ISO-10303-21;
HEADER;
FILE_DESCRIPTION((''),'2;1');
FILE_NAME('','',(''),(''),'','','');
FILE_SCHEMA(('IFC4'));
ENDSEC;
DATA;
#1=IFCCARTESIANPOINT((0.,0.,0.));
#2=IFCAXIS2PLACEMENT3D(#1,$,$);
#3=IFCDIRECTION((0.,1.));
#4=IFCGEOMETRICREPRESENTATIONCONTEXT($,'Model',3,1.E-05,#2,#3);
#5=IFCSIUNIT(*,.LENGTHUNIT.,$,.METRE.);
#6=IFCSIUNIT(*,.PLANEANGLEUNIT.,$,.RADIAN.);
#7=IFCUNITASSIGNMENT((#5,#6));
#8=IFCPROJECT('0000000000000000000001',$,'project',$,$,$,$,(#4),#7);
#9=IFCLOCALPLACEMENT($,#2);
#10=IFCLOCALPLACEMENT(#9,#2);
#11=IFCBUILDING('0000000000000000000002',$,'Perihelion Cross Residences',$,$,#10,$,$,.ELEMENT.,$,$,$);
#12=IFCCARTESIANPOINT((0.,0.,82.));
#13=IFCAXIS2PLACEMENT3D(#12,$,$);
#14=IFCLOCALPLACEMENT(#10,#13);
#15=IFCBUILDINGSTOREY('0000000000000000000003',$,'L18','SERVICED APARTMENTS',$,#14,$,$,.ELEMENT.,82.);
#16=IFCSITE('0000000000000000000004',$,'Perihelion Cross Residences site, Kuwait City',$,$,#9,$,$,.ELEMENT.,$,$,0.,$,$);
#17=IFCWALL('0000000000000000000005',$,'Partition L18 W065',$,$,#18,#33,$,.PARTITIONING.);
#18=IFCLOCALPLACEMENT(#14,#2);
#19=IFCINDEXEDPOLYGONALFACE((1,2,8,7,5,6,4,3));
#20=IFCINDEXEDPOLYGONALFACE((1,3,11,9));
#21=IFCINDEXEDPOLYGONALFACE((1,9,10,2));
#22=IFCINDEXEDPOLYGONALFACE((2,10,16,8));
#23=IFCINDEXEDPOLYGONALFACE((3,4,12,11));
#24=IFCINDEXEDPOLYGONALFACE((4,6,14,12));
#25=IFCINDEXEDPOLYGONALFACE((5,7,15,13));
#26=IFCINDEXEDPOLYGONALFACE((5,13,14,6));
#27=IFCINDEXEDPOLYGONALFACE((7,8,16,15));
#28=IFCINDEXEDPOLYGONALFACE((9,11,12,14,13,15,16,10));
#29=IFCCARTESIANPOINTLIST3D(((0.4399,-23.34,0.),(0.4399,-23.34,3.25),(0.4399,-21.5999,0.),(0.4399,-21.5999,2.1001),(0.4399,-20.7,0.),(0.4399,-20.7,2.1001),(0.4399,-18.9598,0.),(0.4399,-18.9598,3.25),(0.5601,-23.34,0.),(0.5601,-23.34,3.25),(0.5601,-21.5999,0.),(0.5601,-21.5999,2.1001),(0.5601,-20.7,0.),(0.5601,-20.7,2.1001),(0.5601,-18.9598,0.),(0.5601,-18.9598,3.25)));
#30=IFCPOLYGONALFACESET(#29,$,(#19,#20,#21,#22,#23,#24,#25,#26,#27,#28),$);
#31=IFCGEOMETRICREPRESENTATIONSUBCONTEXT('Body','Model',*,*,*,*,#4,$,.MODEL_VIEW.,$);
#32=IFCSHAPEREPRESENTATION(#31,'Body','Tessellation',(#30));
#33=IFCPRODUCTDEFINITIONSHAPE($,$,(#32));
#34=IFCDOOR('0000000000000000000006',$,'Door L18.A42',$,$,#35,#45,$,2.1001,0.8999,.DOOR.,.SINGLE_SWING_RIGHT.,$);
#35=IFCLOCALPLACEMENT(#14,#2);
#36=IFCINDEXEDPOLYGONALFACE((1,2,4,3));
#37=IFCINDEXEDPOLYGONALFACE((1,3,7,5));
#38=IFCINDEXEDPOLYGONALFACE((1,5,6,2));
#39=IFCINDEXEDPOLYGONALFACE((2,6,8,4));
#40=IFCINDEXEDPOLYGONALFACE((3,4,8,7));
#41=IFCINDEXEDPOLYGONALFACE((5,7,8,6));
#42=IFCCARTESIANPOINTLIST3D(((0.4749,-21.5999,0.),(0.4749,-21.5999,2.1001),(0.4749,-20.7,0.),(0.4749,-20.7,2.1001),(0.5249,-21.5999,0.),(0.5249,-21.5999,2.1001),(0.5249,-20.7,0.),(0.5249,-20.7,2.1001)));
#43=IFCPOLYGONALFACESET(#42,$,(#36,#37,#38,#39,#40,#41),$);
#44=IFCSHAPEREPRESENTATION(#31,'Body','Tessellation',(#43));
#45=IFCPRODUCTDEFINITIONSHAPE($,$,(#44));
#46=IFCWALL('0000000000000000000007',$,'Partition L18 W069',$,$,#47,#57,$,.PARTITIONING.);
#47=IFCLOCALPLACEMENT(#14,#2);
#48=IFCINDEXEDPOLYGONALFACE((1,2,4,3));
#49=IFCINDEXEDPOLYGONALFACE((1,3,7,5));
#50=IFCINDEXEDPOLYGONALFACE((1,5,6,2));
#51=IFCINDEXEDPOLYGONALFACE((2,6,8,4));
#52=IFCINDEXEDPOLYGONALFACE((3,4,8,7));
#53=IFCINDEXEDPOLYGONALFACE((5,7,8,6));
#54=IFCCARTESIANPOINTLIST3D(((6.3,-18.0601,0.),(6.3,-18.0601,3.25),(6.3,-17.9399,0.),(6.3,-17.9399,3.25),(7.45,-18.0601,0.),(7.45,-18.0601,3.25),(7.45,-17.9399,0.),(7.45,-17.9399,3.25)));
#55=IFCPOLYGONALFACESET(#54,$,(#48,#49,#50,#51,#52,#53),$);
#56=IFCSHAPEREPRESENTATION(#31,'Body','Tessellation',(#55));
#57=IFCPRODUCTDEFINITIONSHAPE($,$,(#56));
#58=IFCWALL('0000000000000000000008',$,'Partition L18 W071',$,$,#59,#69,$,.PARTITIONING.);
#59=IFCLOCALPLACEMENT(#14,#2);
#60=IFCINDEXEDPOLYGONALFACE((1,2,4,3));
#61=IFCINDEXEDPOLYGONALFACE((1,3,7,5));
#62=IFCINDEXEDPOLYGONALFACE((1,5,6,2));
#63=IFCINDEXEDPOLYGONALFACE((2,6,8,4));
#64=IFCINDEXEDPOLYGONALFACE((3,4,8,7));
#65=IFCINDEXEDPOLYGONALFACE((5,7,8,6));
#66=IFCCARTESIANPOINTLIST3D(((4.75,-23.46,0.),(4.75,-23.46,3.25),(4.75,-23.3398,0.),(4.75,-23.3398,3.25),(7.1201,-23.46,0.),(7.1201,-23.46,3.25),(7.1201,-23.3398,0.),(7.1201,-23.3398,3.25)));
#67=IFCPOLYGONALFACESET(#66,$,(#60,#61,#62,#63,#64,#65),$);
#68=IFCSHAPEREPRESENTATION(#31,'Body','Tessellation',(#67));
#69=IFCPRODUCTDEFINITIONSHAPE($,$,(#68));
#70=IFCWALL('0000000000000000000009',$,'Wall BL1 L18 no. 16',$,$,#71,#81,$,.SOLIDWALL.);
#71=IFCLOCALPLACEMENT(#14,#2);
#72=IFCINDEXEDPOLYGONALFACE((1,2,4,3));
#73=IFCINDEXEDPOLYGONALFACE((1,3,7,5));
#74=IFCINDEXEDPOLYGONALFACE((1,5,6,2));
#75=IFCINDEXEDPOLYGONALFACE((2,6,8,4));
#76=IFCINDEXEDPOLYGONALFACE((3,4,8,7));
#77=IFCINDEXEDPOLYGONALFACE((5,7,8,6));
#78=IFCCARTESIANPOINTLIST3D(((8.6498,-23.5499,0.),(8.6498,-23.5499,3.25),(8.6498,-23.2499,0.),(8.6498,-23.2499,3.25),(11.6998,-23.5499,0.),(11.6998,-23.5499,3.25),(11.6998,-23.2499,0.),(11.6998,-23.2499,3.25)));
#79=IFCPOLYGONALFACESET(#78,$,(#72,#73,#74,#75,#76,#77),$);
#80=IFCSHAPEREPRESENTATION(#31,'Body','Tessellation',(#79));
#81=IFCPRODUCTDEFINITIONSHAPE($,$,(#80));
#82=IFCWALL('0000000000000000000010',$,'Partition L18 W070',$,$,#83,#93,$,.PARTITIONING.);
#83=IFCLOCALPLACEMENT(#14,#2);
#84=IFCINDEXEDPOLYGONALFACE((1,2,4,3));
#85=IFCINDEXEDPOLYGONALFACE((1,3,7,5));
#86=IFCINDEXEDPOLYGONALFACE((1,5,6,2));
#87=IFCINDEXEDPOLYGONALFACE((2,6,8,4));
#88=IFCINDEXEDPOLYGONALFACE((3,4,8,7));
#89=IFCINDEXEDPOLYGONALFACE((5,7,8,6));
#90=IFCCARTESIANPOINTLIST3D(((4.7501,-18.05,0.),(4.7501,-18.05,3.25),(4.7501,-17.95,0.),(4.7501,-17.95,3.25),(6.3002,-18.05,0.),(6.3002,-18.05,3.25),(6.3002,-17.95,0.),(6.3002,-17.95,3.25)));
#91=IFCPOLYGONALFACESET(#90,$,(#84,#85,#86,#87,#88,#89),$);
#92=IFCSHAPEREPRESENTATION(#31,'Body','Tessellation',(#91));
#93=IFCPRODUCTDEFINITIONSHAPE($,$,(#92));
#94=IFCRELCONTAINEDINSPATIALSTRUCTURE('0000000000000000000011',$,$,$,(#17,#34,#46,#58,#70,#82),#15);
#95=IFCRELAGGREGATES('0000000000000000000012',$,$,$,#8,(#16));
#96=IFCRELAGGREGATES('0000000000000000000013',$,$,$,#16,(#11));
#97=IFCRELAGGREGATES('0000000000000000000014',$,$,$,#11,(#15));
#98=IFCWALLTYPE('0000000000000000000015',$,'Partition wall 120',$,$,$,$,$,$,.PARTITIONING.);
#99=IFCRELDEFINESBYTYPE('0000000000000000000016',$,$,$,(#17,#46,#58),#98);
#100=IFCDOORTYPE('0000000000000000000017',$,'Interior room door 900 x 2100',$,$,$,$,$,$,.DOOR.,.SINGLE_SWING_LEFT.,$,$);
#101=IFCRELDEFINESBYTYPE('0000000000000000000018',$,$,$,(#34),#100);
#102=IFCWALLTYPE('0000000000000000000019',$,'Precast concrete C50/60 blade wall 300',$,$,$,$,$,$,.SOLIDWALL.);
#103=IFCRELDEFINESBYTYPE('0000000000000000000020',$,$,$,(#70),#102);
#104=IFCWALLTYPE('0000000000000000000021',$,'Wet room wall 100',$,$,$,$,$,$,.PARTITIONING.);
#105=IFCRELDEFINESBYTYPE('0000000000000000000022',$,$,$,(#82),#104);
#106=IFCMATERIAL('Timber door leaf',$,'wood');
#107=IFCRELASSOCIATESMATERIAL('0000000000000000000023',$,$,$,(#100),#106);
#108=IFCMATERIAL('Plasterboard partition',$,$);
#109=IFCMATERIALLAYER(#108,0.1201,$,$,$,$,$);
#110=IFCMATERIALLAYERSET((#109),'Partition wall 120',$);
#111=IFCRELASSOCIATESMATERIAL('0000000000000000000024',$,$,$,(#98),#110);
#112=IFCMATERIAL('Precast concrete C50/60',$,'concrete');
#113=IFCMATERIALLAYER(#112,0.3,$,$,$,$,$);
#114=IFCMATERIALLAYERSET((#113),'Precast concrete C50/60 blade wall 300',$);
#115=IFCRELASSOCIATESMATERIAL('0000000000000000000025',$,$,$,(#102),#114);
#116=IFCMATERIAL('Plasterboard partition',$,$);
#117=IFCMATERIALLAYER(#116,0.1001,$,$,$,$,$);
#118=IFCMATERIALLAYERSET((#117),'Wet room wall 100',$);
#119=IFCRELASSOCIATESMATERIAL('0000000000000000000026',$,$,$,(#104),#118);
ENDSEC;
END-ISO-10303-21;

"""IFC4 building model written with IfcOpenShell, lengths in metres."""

from ifc_helpers import new_model, si_unit, direction, frame, frame_2d, origin, place, context, subcontext, project, spatial, rectangle, extrude, material, layer, layer_set, type_object, element, fill, save


model = new_model("IFC4")

# Units and contexts
model_context = context("Model", 3, precision=1e-05, world=origin(), true_north=direction((0.0, 1.0)))
body_context = subcontext(model_context, "Body", "Model", "MODEL_VIEW")
ifc_project = project(units=[si_unit("LENGTHUNIT", "METRE"), si_unit("PLANEANGLEUNIT", "RADIAN")], contexts=[model_context])

# Site, building, storey
site_placement = place(None, origin())
site = spatial("IfcSite", under=ifc_project, at=site_placement, Name="Perihelion Cross Residences site, Kuwait City", CompositionType="ELEMENT", RefElevation=0.0)
building_placement = place(site_placement, origin())
building = spatial("IfcBuilding", under=site, at=building_placement, Name="Perihelion Cross Residences", CompositionType="ELEMENT")
storey_placement = place(building_placement, frame((0.0, 0.0, 82.0)))
storey = spatial("IfcBuildingStorey", under=building, at=storey_placement, Name="L18", Description="SERVICED APARTMENTS", CompositionType="ELEMENT", Elevation=82.0)

# Wall, opening, door
ifc_material_1 = material(Name="Timber door leaf", Category="wood")
door_type_1 = type_object("IfcDoorType", Name="Interior room door 900 x 2100", OperationType="SINGLE_SWING_LEFT", PredefinedType="DOOR", material=ifc_material_1)
ifc_material_2 = material(Name="Plasterboard partition")
ifc_layer_1 = layer(ifc_material_2, 0.1201)
ifc_layer_set_1 = layer_set([ifc_layer_1], Name="Partition wall 120")
wall_type_1 = type_object("IfcWallType", Name="Partition wall 120", PredefinedType="PARTITIONING", material=ifc_layer_set_1)
wall_1_placement = place(storey_placement, frame((0.5, -18.96, 0.0), z_axis=(0.0, 0.0, 1.0), x_axis=(0.0, -1.0, 0.0)))
wall_1 = element("IfcWall", 1, at=wall_1_placement, inside=storey, type_object=wall_type_1, Name="Partition L18 W065", PredefinedType="PARTITIONING", context=body_context, shape_type="SweptSolid", body=[
    extrude(rectangle(XDim=4.3801, YDim=0.1201, at=frame_2d((2.1899, 0.0))), origin(), (0.0, 0.0, 1.0), 3.25),
])
opening_1_placement = place(wall_1_placement, frame((1.74, 0.0, 0.0)))
opening_1 = element("IfcOpeningElement", 2, at=opening_1_placement, cuts=wall_1, PredefinedType="OPENING", context=body_context, shape_type="SweptSolid", body=[
    extrude(rectangle(XDim=0.8999, YDim=2.1001, at=frame_2d((0.45, 1.05))), frame((0.0, 0.0701, 0.0), z_axis=(0.0, -1.0, 0.0), x_axis=(1.0, 0.0, 0.0)), (0.0, 0.0, 1.0), 0.1401),
])
door_1_placement = place(opening_1_placement, origin())
door_1 = element("IfcDoor", 3, at=door_1_placement, inside=storey, type_object=door_type_1, Name="Door L18.A42", OperationType="SINGLE_SWING_RIGHT", OverallHeight=2.1001, OverallWidth=0.8999, PredefinedType="DOOR", context=body_context, shape_type="SweptSolid", body=[
    extrude(rectangle(XDim=0.8999, YDim=2.1001, at=frame_2d((0.45, 1.05))), frame((0.0, 0.0249, 0.0), z_axis=(0.0, -1.0, 0.0), x_axis=(1.0, 0.0, 0.0)), (0.0, 0.0, 1.0), 0.05),
])
fill(opening_1, door_1)

# Walls
wall_2_placement = place(storey_placement, frame((7.45, -18.0, 0.0), z_axis=(0.0, 0.0, 1.0), x_axis=(-1.0, 0.0, 0.0)))
element("IfcWall", 4, at=wall_2_placement, inside=storey, type_object=wall_type_1, Name="Partition L18 W069", PredefinedType="PARTITIONING", context=body_context, shape_type="SweptSolid", body=[
    extrude(rectangle(XDim=1.1499, YDim=0.1201, at=frame_2d((0.575, 0.0))), origin(), (0.0, 0.0, 1.0), 3.25),
])
wall_3_placement = place(storey_placement, frame((7.1201, -23.3999, 0.0), z_axis=(0.0, 0.0, 1.0), x_axis=(-1.0, 0.0, 0.0)))
element("IfcWall", 5, at=wall_3_placement, inside=storey, type_object=wall_type_1, Name="Partition L18 W071", PredefinedType="PARTITIONING", context=body_context, shape_type="SweptSolid", body=[
    extrude(rectangle(XDim=2.3701, YDim=0.1201, at=frame_2d((1.1851, 0.0))), origin(), (0.0, 0.0, 1.0), 3.25),
])
ifc_material_3 = material(Name="Precast concrete C50/60", Category="concrete")
ifc_layer_2 = layer(ifc_material_3, 0.3)
ifc_layer_set_2 = layer_set([ifc_layer_2], Name="Precast concrete C50/60 blade wall 300")
wall_type_2 = type_object("IfcWallType", Name="Precast concrete C50/60 blade wall 300", PredefinedType="SOLIDWALL", material=ifc_layer_set_2)
wall_4_placement = place(storey_placement, frame((8.6499, -23.3999, 0.0), z_axis=(0.0, 0.0, 1.0), x_axis=(1.0, 0.0, 0.0)))
element("IfcWall", 6, at=wall_4_placement, inside=storey, type_object=wall_type_2, Name="Wall BL1 L18 no. 16", PredefinedType="SOLIDWALL", context=body_context, shape_type="SweptSolid", body=[
    extrude(rectangle(XDim=3.05, YDim=0.3, at=frame_2d((1.5249, 0.0))), origin(), (0.0, 0.0, 1.0), 3.25),
])
ifc_material_4 = material(Name="Plasterboard partition")
ifc_layer_3 = layer(ifc_material_4, 0.1001)
ifc_layer_set_3 = layer_set([ifc_layer_3], Name="Wet room wall 100")
wall_type_3 = type_object("IfcWallType", Name="Wet room wall 100", PredefinedType="PARTITIONING", material=ifc_layer_set_3)
wall_5_placement = place(storey_placement, frame((6.3, -18.0, 0.0), z_axis=(0.0, 0.0, 1.0), x_axis=(-1.0, 0.0, 0.0)))
element("IfcWall", 7, at=wall_5_placement, inside=storey, type_object=wall_type_3, Name="Partition L18 W070", PredefinedType="PARTITIONING", context=body_context, shape_type="SweptSolid", body=[
    extrude(rectangle(XDim=1.55, YDim=0.1001, at=frame_2d((0.7749, 0.0))), origin(), (0.0, 0.0, 1.0), 3.25),
])

save(model, "model.ifc")
